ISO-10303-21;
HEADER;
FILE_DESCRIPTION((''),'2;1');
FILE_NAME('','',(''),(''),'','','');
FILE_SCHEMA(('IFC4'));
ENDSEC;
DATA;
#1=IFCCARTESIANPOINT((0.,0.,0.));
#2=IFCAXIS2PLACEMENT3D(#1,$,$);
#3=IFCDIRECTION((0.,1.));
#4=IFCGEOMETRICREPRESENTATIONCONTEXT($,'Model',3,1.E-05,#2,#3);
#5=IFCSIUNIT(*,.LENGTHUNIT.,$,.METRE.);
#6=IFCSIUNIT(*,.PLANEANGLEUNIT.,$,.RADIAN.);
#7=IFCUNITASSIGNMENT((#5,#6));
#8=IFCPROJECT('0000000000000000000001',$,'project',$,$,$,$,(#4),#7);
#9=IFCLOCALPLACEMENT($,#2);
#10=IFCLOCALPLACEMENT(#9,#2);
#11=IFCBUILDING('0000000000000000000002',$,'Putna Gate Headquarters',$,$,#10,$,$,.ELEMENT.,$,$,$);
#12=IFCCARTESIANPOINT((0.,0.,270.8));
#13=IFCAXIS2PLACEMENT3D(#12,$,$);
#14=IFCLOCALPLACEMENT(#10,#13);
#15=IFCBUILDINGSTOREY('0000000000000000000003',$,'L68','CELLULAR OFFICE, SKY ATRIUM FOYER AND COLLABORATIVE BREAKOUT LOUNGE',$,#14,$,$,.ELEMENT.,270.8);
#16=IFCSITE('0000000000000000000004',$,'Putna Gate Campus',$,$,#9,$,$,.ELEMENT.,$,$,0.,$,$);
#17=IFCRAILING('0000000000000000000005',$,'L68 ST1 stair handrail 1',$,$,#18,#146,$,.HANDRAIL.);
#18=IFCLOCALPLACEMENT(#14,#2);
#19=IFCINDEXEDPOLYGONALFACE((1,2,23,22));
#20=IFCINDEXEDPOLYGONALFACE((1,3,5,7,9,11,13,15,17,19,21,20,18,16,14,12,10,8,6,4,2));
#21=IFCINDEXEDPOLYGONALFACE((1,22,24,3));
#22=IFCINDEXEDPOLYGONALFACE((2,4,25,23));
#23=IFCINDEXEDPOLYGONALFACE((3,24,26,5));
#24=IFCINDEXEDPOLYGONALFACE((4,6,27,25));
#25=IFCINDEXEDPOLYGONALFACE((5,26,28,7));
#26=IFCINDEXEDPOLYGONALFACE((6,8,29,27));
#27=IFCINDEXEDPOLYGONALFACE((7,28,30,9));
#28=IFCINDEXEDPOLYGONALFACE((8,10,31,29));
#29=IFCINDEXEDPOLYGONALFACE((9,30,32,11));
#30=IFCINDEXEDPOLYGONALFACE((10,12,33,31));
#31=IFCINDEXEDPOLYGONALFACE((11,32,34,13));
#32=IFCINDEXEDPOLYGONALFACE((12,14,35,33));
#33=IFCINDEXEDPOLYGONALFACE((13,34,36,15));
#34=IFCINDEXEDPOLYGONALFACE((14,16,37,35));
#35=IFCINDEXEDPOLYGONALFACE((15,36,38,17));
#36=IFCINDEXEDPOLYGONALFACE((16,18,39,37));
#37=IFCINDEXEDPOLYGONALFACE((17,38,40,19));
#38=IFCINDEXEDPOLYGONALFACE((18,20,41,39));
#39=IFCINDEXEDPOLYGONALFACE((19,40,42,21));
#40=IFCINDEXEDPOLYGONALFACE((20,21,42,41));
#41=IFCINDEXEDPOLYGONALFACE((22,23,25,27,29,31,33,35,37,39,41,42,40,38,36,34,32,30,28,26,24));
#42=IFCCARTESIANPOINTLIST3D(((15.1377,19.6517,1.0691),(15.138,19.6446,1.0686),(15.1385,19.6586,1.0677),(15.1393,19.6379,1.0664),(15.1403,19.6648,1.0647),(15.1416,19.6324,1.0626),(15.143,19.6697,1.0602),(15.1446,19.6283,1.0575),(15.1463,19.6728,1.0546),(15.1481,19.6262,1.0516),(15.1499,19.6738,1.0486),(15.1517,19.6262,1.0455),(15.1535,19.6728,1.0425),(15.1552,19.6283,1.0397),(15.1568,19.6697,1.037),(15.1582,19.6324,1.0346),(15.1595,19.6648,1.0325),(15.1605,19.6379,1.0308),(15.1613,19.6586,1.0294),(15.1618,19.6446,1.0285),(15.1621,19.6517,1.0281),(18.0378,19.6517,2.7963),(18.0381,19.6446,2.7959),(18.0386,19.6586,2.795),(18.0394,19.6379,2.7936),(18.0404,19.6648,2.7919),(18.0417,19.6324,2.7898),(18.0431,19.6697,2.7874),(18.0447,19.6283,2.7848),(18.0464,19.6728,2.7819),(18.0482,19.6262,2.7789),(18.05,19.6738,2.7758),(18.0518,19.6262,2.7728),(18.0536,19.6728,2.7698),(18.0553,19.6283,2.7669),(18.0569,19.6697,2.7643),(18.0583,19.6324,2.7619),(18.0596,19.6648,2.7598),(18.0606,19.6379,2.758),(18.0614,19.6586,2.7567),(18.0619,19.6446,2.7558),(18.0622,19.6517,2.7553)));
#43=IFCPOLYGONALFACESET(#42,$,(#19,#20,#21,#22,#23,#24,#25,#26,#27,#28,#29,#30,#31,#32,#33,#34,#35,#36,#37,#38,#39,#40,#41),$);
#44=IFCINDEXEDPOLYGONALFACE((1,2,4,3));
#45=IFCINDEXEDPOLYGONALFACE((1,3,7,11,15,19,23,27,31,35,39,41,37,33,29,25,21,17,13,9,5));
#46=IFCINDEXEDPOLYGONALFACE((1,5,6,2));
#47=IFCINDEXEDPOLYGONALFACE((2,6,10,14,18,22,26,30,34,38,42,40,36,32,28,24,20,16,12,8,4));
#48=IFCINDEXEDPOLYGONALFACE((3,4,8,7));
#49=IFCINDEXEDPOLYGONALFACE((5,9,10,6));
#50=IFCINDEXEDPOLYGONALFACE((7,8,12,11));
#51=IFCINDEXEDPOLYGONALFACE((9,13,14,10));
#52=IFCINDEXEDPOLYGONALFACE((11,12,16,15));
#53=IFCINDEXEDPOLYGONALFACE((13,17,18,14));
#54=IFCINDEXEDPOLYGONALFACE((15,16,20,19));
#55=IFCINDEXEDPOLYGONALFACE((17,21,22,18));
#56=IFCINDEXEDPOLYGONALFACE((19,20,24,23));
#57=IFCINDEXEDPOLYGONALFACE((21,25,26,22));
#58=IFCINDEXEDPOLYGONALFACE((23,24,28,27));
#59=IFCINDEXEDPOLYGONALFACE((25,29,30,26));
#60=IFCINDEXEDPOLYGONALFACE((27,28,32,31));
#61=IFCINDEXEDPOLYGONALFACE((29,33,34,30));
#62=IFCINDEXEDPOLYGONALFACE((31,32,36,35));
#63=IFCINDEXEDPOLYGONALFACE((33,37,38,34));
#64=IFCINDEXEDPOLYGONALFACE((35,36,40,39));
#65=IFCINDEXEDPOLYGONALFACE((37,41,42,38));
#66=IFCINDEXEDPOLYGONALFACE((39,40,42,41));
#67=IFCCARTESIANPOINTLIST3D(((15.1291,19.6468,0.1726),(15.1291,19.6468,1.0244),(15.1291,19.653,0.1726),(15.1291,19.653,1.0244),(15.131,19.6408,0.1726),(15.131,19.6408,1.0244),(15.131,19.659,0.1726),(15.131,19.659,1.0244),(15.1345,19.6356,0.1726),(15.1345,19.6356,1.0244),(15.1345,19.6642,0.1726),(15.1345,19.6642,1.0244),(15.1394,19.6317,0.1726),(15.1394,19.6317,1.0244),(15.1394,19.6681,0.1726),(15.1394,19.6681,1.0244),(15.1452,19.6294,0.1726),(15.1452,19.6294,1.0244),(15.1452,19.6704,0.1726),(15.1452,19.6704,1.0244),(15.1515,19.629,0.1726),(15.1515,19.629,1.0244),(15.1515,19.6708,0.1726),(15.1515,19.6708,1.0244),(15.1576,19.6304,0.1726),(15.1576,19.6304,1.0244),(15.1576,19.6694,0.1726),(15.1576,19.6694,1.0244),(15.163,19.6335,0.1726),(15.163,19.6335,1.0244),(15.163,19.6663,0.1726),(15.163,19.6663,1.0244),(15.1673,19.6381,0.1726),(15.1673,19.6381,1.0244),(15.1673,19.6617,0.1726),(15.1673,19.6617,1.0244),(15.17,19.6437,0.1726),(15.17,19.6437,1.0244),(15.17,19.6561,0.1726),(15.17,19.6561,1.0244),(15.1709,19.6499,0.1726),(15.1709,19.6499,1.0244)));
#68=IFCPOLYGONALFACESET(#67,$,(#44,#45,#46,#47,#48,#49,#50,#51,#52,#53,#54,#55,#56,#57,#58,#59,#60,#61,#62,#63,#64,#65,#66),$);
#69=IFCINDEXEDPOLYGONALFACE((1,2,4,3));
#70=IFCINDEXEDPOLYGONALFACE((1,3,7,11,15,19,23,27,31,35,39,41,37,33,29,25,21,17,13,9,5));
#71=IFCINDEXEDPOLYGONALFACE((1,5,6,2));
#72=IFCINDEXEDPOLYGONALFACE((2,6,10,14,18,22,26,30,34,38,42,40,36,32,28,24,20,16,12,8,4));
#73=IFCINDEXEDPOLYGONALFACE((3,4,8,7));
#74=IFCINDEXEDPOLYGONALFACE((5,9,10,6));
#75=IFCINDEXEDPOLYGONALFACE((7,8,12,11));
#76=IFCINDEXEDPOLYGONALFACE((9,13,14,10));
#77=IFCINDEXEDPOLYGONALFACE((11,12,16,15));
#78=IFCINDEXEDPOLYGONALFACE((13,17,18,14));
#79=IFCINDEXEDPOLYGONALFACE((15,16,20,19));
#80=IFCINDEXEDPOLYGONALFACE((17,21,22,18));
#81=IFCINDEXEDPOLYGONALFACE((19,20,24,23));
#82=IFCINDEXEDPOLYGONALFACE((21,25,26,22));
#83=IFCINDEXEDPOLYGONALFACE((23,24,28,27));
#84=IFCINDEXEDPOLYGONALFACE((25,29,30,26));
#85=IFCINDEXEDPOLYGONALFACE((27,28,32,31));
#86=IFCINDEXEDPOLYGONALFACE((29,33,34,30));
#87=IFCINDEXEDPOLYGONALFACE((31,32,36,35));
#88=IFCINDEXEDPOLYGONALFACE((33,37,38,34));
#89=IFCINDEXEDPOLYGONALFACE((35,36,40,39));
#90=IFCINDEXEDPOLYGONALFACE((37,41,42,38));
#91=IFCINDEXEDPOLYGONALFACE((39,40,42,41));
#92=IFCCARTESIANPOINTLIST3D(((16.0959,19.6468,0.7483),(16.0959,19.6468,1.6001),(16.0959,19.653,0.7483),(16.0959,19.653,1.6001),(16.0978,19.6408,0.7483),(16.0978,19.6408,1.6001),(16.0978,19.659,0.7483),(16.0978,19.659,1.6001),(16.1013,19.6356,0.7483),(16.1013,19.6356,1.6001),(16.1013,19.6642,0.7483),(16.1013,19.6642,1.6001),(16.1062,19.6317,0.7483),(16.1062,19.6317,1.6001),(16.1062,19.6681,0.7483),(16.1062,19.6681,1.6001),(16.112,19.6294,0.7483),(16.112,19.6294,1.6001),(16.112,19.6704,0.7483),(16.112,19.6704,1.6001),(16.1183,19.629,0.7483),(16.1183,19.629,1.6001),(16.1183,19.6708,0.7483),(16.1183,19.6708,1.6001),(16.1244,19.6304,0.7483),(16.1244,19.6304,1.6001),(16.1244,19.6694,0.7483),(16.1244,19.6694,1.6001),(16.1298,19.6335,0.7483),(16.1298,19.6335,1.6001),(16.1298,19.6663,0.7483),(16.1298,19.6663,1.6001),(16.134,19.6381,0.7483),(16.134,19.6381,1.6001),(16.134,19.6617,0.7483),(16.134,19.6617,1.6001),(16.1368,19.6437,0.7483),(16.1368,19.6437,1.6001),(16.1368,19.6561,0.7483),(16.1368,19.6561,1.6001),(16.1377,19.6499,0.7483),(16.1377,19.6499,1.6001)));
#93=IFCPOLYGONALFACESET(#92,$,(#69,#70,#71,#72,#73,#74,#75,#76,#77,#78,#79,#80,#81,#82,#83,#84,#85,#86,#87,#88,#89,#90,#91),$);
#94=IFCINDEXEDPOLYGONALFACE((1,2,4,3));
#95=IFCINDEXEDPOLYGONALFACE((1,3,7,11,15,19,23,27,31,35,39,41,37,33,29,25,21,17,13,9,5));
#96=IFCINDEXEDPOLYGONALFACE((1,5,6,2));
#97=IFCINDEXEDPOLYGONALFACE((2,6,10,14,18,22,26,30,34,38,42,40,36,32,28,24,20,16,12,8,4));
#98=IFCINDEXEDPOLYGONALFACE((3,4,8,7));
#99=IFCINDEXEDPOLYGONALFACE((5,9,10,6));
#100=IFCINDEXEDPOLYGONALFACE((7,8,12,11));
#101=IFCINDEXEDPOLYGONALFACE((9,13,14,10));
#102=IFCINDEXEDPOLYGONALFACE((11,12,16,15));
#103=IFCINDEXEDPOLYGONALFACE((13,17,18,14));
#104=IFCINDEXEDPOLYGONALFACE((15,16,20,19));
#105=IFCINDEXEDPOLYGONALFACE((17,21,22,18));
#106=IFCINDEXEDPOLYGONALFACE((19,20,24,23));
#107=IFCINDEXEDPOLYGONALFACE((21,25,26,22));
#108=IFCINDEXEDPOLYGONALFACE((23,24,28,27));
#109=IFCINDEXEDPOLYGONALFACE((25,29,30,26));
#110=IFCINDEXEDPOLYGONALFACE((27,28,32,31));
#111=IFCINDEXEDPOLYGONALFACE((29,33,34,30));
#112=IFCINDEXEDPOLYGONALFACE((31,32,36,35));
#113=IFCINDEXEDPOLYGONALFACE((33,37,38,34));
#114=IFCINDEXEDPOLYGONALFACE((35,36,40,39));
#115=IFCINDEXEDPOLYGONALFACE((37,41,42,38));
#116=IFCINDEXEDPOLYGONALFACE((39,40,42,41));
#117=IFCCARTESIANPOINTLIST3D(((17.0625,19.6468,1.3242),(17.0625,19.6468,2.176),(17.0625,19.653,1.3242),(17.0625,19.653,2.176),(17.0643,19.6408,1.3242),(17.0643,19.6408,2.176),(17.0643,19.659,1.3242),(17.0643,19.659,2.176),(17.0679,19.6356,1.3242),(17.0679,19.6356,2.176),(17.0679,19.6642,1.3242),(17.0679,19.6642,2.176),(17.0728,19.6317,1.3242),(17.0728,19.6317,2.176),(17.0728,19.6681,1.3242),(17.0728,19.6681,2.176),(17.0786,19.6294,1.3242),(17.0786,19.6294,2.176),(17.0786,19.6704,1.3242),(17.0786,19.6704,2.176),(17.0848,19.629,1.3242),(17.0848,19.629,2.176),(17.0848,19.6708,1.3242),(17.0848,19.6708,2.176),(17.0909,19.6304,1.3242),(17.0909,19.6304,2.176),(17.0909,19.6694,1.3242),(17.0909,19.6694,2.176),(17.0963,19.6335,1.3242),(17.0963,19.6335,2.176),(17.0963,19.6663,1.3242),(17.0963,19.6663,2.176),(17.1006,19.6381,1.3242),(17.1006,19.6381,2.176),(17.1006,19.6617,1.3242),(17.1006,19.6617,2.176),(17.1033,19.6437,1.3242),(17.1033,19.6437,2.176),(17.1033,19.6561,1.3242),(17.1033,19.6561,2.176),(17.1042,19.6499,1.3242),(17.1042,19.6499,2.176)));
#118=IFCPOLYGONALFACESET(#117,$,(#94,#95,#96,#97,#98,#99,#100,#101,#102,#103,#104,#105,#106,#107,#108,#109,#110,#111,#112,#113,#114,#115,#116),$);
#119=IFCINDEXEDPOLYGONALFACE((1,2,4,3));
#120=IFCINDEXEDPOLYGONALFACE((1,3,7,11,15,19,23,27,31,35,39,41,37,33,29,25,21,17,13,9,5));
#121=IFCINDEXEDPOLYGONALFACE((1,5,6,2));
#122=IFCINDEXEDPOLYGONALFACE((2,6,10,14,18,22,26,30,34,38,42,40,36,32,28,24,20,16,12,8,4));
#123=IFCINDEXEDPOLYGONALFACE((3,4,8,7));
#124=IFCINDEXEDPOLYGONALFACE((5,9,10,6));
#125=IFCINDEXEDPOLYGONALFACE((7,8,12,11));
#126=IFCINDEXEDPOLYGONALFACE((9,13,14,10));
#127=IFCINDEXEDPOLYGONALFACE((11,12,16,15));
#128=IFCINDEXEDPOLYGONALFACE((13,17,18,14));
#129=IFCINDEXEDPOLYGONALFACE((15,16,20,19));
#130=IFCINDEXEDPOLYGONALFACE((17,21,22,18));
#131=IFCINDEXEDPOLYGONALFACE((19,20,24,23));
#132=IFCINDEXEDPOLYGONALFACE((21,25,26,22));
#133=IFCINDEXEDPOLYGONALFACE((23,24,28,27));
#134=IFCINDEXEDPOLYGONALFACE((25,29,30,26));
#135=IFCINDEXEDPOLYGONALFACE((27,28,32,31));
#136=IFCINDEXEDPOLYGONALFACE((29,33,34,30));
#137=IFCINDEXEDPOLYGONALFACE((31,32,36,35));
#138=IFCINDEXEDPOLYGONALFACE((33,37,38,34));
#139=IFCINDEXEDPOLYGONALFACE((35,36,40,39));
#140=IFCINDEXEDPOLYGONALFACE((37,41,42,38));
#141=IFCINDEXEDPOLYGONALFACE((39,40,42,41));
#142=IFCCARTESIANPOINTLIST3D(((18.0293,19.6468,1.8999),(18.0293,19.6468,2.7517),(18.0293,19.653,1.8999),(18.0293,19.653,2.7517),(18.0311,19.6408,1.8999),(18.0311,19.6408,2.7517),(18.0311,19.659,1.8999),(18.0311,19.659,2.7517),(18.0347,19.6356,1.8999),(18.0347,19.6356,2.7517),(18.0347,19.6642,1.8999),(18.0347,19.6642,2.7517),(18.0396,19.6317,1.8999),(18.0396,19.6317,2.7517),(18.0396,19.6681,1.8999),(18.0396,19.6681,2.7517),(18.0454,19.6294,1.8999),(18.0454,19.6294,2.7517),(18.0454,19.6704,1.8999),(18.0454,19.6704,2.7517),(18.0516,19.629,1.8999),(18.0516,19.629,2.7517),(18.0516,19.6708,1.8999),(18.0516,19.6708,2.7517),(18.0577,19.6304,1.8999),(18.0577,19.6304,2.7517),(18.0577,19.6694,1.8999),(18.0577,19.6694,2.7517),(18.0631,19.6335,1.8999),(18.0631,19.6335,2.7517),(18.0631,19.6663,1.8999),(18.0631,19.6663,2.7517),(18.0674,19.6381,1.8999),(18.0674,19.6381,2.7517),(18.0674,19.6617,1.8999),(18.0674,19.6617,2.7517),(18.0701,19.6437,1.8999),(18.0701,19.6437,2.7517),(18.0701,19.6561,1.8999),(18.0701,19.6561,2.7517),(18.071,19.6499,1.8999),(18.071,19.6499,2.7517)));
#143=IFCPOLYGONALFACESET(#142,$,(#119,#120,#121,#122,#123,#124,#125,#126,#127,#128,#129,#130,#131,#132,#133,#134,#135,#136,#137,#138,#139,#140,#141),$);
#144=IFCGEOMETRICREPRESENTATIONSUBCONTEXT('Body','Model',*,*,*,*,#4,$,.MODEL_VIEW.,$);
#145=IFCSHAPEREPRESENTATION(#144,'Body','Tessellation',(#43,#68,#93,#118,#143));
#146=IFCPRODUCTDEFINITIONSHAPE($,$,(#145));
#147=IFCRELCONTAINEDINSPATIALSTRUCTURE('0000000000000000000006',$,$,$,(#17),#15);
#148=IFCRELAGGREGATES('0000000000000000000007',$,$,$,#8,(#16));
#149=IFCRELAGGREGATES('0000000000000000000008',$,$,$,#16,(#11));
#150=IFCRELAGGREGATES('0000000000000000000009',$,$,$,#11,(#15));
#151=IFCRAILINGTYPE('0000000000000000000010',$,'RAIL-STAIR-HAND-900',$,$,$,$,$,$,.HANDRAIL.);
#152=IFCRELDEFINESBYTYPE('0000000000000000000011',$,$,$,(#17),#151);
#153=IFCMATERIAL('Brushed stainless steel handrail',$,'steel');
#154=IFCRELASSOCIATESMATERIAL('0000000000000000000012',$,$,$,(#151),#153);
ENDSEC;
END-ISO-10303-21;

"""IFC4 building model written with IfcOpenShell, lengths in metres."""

from ifc_helpers import new_model, si_unit, direction, frame, origin, origin_2d, place, context, subcontext, project, spatial, circle, extrude, material, type_object, element, save


model = new_model("IFC4")

# Units and contexts
model_context = context("Model", 3, precision=1e-05, world=origin(), true_north=direction((0.0, 1.0)))
body_context = subcontext(model_context, "Body", "Model", "MODEL_VIEW")
ifc_project = project(units=[si_unit("LENGTHUNIT", "METRE"), si_unit("PLANEANGLEUNIT", "RADIAN")], contexts=[model_context])

# Site, building, storey
site_placement = place(None, origin())
site = spatial("IfcSite", under=ifc_project, at=site_placement, Name="Putna Gate Campus", CompositionType="ELEMENT", RefElevation=0.0)
building_placement = place(site_placement, origin())
building = spatial("IfcBuilding", under=site, at=building_placement, Name="Putna Gate Headquarters", CompositionType="ELEMENT")
storey_placement = place(building_placement, frame((0.0, 0.0, 270.8)))
storey = spatial("IfcBuildingStorey", under=building, at=storey_placement, Name="L68", Description="CELLULAR OFFICE, SKY ATRIUM FOYER AND COLLABORATIVE BREAKOUT LOUNGE", CompositionType="ELEMENT", Elevation=270.8)

# Railing
ifc_material_1 = material(Name="Brushed stainless steel handrail", Category="steel")
railing_type = type_object("IfcRailingType", Name="RAIL-STAIR-HAND-900", PredefinedType="HANDRAIL", material=ifc_material_1)
railing_placement = place(storey_placement, frame((15.1499, 19.6499, 0.1726)))
element("IfcRailing", 1, at=railing_placement, inside=storey, type_object=railing_type, Name="L68 ST1 stair handrail 1", PredefinedType="HANDRAIL", context=body_context, shape_type="SweptSolid", body=[
    extrude(circle(Radius=0.0239, at=origin_2d()), frame((0.0, 0.0, 0.876), z_axis=(0.85916, 0.0, 0.511706), x_axis=(0.0, 1.0, 0.0)), (0.0, 0.0, 1.0), 3.3755),
    extrude(circle(Radius=0.021, at=origin_2d()), origin(), (0.0, 0.0, 1.0), 0.8518),
    extrude(circle(Radius=0.021, at=origin_2d()), frame((0.9668, 0.0, 0.5757)), (0.0, 0.0, 1.0), 0.8518),
    extrude(circle(Radius=0.021, at=origin_2d()), frame((1.9333, 0.0, 1.1516)), (0.0, 0.0, 1.0), 0.8518),
    extrude(circle(Radius=0.021, at=origin_2d()), frame((2.9001, 0.0, 1.7273)), (0.0, 0.0, 1.0), 0.8518),
])

save(model, "model.ifc")
